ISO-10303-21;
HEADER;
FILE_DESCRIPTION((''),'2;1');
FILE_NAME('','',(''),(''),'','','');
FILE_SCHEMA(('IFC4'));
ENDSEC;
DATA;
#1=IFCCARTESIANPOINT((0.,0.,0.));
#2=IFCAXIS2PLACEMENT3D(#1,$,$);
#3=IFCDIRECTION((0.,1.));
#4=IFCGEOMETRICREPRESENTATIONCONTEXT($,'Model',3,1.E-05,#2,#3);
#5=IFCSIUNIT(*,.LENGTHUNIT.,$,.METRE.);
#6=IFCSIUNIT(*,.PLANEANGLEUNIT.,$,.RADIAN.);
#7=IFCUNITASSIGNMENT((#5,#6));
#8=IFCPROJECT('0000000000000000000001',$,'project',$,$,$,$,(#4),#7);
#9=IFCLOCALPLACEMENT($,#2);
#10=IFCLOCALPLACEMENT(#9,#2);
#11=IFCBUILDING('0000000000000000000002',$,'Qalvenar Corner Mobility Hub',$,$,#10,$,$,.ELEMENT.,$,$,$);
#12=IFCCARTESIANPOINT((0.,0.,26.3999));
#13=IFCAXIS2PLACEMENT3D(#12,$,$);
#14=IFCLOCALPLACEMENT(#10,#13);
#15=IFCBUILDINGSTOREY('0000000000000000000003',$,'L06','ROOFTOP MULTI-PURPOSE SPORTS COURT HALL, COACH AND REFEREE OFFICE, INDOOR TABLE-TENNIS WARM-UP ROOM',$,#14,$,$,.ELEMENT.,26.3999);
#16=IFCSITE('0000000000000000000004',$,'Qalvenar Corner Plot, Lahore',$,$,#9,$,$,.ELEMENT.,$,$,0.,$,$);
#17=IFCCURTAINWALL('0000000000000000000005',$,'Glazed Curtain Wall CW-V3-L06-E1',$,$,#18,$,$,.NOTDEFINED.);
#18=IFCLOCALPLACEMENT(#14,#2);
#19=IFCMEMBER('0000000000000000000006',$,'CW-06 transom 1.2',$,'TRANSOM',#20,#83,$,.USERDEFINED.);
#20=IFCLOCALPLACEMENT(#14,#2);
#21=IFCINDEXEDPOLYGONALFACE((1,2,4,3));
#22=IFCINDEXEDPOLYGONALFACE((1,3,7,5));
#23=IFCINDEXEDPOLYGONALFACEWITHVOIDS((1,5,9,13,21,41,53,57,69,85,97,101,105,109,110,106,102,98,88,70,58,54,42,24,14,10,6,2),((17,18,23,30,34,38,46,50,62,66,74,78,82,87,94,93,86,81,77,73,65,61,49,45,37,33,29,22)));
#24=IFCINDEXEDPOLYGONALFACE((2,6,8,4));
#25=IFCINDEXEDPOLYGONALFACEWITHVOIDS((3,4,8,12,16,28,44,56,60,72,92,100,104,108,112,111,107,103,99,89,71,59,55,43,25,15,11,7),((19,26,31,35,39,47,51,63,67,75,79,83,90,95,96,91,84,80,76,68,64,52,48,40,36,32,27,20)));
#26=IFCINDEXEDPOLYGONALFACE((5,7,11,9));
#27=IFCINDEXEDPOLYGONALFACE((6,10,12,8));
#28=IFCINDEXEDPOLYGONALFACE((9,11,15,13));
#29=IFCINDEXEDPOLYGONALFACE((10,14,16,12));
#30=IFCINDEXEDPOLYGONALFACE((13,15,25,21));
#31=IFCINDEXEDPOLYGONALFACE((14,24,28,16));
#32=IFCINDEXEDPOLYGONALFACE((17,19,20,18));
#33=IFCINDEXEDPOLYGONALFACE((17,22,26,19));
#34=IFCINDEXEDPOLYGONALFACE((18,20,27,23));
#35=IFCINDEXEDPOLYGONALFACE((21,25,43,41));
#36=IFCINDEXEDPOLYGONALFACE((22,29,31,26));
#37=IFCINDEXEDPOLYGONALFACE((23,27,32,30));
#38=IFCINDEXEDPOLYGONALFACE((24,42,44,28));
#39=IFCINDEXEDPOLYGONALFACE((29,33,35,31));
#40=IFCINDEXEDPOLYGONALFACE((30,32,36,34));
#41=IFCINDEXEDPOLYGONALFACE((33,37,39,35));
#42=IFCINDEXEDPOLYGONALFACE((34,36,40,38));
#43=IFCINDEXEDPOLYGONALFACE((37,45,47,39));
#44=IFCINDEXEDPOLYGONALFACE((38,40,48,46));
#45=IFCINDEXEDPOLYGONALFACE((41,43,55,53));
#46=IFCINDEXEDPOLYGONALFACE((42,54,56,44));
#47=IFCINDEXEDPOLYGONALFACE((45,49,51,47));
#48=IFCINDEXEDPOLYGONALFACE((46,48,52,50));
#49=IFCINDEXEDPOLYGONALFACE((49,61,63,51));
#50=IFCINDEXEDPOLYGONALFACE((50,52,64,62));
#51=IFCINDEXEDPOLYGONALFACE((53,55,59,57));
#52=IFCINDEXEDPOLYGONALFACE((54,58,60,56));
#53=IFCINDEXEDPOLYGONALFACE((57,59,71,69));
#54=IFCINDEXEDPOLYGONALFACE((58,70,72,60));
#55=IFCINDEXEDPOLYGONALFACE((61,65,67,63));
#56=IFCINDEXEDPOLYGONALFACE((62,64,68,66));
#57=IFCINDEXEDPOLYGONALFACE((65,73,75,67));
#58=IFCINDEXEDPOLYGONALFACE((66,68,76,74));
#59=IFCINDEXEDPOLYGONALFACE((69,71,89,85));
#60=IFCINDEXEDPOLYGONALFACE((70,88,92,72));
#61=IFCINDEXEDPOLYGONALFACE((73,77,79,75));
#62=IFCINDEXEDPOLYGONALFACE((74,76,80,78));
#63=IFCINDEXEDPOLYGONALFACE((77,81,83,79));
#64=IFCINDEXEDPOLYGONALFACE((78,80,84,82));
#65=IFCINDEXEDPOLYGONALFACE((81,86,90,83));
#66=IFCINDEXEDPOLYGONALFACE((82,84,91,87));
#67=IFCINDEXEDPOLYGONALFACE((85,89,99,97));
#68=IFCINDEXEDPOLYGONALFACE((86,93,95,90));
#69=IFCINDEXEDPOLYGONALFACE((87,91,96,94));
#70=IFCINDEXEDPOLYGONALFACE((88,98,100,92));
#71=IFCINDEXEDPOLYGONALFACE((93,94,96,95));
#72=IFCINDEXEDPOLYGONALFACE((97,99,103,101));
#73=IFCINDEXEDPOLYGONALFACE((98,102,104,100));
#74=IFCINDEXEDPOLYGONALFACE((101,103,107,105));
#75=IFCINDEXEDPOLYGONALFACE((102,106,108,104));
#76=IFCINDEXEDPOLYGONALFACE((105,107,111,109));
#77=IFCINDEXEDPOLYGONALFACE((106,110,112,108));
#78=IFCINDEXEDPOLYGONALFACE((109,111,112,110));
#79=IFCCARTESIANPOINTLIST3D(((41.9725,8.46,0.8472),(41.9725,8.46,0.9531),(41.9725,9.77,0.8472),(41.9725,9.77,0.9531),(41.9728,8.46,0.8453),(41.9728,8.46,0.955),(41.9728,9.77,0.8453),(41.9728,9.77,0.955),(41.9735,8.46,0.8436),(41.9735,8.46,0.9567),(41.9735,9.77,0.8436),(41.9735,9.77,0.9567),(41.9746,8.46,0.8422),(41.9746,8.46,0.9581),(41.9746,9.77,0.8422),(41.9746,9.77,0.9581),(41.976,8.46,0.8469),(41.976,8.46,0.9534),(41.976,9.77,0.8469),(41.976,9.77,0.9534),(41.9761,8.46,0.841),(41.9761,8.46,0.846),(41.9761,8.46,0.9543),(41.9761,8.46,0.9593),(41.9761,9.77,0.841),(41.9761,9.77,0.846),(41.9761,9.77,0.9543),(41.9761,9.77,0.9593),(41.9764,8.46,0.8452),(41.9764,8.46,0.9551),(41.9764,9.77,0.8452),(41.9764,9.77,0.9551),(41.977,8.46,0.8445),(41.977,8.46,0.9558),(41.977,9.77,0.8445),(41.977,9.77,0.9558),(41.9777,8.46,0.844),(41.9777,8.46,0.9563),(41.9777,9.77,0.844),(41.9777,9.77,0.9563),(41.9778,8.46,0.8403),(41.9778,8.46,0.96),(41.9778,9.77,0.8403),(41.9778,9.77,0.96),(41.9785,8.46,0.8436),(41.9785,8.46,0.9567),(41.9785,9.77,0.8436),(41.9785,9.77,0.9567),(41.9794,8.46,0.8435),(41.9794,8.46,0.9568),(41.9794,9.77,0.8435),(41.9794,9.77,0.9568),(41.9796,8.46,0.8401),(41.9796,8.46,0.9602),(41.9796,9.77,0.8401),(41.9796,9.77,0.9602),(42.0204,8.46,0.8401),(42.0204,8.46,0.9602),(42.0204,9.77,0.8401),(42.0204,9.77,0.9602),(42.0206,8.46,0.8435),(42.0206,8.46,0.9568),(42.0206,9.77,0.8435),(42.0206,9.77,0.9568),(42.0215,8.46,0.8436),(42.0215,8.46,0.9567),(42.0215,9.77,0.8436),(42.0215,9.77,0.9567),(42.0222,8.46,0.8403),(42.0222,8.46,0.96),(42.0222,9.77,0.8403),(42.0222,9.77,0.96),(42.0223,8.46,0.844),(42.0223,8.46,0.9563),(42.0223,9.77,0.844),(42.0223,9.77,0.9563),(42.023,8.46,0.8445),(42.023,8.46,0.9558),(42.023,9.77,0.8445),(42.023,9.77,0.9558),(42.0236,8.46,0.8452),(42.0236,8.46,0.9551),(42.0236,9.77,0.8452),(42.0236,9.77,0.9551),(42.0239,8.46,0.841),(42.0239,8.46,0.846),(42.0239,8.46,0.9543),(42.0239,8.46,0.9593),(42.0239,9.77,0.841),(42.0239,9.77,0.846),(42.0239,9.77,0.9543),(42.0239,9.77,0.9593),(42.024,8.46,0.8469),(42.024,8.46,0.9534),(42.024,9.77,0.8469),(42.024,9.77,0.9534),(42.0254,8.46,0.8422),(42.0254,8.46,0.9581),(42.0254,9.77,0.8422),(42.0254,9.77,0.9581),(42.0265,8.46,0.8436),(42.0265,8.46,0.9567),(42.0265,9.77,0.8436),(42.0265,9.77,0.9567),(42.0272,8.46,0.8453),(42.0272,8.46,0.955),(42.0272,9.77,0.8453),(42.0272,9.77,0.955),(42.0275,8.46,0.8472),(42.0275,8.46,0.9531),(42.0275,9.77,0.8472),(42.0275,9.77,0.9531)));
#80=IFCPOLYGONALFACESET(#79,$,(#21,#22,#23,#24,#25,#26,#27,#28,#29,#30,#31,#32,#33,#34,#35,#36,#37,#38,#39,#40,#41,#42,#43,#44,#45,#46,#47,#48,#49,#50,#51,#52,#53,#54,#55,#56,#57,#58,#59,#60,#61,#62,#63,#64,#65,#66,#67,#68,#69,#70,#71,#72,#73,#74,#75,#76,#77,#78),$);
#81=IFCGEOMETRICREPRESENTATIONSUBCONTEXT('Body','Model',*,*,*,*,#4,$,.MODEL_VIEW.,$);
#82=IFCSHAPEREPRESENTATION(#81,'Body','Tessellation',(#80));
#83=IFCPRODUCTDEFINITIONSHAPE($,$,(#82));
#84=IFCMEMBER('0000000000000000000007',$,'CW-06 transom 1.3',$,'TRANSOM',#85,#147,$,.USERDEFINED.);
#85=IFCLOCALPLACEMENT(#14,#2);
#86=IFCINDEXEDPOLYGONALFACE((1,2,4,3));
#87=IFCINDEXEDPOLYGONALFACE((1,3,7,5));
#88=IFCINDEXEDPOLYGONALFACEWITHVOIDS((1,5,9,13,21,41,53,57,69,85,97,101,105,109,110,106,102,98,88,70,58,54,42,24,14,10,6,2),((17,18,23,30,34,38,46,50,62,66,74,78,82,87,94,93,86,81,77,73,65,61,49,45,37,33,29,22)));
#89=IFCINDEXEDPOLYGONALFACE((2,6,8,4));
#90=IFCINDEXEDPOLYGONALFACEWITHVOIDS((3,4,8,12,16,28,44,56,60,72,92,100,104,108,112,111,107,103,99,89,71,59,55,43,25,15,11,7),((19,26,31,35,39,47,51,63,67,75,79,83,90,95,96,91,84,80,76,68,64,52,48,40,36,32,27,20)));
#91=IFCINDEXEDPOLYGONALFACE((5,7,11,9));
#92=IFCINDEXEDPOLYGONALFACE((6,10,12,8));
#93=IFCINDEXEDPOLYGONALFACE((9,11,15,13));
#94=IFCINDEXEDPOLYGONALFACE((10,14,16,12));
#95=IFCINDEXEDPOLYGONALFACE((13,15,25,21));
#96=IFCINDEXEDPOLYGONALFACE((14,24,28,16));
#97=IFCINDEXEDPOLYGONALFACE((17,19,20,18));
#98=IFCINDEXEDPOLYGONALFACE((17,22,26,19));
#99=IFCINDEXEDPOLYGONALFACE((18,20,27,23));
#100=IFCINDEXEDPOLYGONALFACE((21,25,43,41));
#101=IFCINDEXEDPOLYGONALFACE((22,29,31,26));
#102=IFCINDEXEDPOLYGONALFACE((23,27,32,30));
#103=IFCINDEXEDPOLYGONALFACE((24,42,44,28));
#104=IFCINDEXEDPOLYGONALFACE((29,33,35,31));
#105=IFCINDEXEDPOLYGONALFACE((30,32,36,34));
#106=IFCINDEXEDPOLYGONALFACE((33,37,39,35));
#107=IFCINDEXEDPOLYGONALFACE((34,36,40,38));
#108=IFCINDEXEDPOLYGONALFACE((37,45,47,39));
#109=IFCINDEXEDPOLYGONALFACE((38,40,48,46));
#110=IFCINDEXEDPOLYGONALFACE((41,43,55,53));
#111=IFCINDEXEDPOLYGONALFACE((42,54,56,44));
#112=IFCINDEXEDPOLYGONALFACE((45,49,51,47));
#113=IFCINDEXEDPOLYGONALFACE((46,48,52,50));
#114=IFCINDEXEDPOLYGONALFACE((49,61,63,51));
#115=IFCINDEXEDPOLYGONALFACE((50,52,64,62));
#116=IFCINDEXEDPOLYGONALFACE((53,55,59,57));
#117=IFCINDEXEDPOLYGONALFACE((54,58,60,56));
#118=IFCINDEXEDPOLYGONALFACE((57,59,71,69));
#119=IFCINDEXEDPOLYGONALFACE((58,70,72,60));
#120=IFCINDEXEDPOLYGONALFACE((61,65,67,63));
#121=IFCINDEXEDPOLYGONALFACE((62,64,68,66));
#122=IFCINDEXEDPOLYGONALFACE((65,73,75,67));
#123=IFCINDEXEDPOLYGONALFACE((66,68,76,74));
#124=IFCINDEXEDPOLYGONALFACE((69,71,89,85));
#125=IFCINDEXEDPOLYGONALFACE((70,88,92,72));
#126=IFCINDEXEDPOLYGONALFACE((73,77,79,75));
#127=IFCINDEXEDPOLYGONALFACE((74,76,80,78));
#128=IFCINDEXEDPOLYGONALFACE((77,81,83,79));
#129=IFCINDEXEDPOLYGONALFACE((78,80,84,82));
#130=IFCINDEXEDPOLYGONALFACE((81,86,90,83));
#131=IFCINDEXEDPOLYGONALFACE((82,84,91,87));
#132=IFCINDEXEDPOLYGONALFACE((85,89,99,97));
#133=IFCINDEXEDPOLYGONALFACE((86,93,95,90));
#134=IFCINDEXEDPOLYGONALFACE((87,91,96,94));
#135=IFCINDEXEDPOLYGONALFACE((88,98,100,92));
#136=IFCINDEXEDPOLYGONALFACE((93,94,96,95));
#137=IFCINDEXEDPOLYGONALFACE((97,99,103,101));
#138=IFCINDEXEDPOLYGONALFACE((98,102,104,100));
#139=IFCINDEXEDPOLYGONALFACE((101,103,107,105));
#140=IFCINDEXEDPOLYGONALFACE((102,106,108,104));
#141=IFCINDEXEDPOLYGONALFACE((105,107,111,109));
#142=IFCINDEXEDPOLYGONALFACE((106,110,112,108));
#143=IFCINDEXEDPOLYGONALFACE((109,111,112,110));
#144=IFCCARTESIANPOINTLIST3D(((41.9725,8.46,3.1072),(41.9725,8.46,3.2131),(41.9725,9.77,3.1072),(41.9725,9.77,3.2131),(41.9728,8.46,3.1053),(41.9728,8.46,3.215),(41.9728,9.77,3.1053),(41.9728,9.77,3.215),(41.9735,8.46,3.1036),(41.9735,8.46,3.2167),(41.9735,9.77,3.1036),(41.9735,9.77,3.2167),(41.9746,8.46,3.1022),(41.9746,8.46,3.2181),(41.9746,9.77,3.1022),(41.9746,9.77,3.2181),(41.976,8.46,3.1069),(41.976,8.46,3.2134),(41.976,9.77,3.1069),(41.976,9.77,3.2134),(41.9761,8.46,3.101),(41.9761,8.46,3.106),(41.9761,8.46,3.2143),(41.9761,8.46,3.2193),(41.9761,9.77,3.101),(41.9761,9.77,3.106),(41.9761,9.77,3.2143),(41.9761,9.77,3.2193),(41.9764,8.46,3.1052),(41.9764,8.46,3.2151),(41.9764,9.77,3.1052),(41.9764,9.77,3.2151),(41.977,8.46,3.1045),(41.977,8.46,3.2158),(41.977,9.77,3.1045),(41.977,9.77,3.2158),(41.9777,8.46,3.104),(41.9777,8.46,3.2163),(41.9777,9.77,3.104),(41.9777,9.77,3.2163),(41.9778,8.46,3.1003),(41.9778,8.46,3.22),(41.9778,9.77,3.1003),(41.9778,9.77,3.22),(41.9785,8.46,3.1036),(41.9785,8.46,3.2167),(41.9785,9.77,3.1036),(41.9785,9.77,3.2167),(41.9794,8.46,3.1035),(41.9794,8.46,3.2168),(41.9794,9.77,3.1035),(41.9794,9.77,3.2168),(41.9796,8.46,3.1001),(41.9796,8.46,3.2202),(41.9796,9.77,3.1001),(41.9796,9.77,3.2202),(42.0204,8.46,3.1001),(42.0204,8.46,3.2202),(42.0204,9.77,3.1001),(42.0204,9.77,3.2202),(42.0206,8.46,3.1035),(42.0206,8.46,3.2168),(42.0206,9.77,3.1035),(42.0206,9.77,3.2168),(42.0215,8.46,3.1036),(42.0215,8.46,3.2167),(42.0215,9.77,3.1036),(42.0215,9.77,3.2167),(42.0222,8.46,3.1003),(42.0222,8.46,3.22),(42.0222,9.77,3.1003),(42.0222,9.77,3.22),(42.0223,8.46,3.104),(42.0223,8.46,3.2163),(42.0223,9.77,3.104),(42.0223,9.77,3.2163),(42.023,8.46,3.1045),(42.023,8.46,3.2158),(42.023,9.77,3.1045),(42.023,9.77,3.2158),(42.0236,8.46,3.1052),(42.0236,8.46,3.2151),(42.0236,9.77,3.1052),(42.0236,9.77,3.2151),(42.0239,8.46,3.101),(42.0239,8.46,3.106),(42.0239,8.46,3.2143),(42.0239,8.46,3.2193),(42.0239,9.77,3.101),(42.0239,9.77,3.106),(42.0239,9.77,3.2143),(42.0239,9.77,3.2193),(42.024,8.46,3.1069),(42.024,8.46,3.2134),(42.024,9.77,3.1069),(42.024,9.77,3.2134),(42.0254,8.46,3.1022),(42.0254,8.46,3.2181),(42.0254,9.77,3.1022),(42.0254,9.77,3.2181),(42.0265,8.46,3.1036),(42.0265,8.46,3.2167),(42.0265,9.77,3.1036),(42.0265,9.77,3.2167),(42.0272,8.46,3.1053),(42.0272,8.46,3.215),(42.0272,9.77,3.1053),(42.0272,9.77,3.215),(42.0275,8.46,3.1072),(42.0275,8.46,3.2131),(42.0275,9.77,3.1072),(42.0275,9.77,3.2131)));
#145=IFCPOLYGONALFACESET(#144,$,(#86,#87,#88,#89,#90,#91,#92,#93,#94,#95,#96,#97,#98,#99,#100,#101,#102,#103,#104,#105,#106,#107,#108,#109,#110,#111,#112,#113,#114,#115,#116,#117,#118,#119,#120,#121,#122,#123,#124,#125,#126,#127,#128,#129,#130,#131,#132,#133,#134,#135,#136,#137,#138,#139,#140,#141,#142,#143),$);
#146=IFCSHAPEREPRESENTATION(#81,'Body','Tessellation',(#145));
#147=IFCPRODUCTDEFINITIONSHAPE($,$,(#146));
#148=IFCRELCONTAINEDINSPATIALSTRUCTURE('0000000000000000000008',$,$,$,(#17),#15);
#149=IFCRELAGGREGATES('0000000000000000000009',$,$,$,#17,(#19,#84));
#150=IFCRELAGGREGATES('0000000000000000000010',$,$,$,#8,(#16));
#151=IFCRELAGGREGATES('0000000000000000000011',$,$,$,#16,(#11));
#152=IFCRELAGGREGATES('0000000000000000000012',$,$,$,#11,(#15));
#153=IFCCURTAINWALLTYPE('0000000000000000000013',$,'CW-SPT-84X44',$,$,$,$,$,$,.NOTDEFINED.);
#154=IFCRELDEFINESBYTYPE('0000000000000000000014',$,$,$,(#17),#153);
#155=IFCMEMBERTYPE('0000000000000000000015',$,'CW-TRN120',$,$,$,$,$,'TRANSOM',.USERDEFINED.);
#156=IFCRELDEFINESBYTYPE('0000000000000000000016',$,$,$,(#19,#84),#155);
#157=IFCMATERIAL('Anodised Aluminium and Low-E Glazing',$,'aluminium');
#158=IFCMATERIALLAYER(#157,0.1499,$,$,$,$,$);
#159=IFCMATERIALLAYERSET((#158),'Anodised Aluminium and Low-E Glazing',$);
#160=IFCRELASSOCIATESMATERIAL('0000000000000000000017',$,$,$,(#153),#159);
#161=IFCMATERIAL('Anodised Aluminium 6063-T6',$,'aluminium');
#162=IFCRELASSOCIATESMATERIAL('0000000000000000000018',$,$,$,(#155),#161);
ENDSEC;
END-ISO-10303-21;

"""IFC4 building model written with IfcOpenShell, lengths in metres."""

from ifc_helpers import new_model, si_unit, direction, frame, origin, origin_2d, place, context, subcontext, project, spatial, hollow_rectangle, extrude, material, layer, layer_set, material_profile, profile_set, type_object, element, aggregate, save


model = new_model("IFC4")

# Units and contexts
model_context = context("Model", 3, precision=1e-05, world=origin(), true_north=direction((0.0, 1.0)))
body_context = subcontext(model_context, "Body", "Model", "MODEL_VIEW")
ifc_project = project(units=[si_unit("LENGTHUNIT", "METRE"), si_unit("PLANEANGLEUNIT", "RADIAN")], contexts=[model_context])

# Site, building, storey
site_placement = place(None, origin())
site = spatial("IfcSite", under=ifc_project, at=site_placement, Name="Qalvenar Corner Plot, Lahore", CompositionType="ELEMENT", RefElevation=0.0)
building_placement = place(site_placement, origin())
building = spatial("IfcBuilding", under=site, at=building_placement, Name="Qalvenar Corner Mobility Hub", CompositionType="ELEMENT")
storey_placement = place(building_placement, frame((0.0, 0.0, 26.3999)))
storey = spatial("IfcBuildingStorey", under=building, at=storey_placement, Name="L06", Description="ROOFTOP MULTI-PURPOSE SPORTS COURT HALL, COACH AND REFEREE OFFICE, INDOOR TABLE-TENNIS WARM-UP ROOM", CompositionType="ELEMENT", Elevation=26.3999)

# Curtain wall
ifc_material_1 = material(Name="Anodised Aluminium and Low-E Glazing", Category="aluminium")
ifc_material_2 = material(Name="Anodised Aluminium 6063-T6", Category="aluminium")
ifc_layer_1 = layer(ifc_material_1, 0.1499)
ifc_layer_set_1 = layer_set([ifc_layer_1], Name="Anodised Aluminium and Low-E Glazing")
curtain_wall_type_1 = type_object("IfcCurtainWallType", Name="CW-SPT-84X44", PredefinedType="NOTDEFINED", material=ifc_layer_set_1)
curtain_wall_1_placement = place(storey_placement, origin())
curtain_wall_1 = element("IfcCurtainWall", 1, at=curtain_wall_1_placement, inside=storey, type_object=curtain_wall_type_1, Name="Glazed Curtain Wall CW-V3-L06-E1", PredefinedType="NOTDEFINED")

# Members
ifc_material_profile_1 = material_profile(ifc_material_2, hollow_rectangle(XDim=0.0549, YDim=0.1201, WallThickness=0.0034, InnerFilletRadius=0.0034, OuterFilletRadius=0.0071, at=origin_2d()), Name="RHS120x55x3.5")
ifc_profile_set_1 = profile_set([ifc_material_profile_1], Name="Anodised Aluminium 6063-T6")
member_type_1 = type_object("IfcMemberType", Name="CW-TRN120", ElementType="TRANSOM", PredefinedType="USERDEFINED", material=ifc_profile_set_1)
member_1_placement = place(storey_placement, frame((42.0, 8.46, 0.9001), z_axis=(0.0, 1.0, 0.0), x_axis=(-1.0, 0.0, 0.0)))
member_1 = element("IfcMember", 2, at=member_1_placement, type_object=member_type_1, Name="CW-06 transom 1.2", ObjectType="TRANSOM", PredefinedType="USERDEFINED", context=body_context, shape_type="SweptSolid", body=[
    extrude(hollow_rectangle(XDim=0.0549, YDim=0.1201, WallThickness=0.0034, InnerFilletRadius=0.0034, OuterFilletRadius=0.0071, at=origin_2d()), origin(), (0.0, 0.0, 1.0), 1.3101),
])
member_2_placement = place(storey_placement, frame((42.0, 8.46, 3.1602), z_axis=(0.0, 1.0, 0.0), x_axis=(-1.0, 0.0, 0.0)))
member_2 = element("IfcMember", 3, at=member_2_placement, type_object=member_type_1, Name="CW-06 transom 1.3", ObjectType="TRANSOM", PredefinedType="USERDEFINED", context=body_context, shape_type="SweptSolid", body=[
    extrude(hollow_rectangle(XDim=0.0549, YDim=0.1201, WallThickness=0.0034, InnerFilletRadius=0.0034, OuterFilletRadius=0.0071, at=origin_2d()), origin(), (0.0, 0.0, 1.0), 1.3101),
])

aggregate(curtain_wall_1, [member_1, member_2])

save(model, "model.ifc")
